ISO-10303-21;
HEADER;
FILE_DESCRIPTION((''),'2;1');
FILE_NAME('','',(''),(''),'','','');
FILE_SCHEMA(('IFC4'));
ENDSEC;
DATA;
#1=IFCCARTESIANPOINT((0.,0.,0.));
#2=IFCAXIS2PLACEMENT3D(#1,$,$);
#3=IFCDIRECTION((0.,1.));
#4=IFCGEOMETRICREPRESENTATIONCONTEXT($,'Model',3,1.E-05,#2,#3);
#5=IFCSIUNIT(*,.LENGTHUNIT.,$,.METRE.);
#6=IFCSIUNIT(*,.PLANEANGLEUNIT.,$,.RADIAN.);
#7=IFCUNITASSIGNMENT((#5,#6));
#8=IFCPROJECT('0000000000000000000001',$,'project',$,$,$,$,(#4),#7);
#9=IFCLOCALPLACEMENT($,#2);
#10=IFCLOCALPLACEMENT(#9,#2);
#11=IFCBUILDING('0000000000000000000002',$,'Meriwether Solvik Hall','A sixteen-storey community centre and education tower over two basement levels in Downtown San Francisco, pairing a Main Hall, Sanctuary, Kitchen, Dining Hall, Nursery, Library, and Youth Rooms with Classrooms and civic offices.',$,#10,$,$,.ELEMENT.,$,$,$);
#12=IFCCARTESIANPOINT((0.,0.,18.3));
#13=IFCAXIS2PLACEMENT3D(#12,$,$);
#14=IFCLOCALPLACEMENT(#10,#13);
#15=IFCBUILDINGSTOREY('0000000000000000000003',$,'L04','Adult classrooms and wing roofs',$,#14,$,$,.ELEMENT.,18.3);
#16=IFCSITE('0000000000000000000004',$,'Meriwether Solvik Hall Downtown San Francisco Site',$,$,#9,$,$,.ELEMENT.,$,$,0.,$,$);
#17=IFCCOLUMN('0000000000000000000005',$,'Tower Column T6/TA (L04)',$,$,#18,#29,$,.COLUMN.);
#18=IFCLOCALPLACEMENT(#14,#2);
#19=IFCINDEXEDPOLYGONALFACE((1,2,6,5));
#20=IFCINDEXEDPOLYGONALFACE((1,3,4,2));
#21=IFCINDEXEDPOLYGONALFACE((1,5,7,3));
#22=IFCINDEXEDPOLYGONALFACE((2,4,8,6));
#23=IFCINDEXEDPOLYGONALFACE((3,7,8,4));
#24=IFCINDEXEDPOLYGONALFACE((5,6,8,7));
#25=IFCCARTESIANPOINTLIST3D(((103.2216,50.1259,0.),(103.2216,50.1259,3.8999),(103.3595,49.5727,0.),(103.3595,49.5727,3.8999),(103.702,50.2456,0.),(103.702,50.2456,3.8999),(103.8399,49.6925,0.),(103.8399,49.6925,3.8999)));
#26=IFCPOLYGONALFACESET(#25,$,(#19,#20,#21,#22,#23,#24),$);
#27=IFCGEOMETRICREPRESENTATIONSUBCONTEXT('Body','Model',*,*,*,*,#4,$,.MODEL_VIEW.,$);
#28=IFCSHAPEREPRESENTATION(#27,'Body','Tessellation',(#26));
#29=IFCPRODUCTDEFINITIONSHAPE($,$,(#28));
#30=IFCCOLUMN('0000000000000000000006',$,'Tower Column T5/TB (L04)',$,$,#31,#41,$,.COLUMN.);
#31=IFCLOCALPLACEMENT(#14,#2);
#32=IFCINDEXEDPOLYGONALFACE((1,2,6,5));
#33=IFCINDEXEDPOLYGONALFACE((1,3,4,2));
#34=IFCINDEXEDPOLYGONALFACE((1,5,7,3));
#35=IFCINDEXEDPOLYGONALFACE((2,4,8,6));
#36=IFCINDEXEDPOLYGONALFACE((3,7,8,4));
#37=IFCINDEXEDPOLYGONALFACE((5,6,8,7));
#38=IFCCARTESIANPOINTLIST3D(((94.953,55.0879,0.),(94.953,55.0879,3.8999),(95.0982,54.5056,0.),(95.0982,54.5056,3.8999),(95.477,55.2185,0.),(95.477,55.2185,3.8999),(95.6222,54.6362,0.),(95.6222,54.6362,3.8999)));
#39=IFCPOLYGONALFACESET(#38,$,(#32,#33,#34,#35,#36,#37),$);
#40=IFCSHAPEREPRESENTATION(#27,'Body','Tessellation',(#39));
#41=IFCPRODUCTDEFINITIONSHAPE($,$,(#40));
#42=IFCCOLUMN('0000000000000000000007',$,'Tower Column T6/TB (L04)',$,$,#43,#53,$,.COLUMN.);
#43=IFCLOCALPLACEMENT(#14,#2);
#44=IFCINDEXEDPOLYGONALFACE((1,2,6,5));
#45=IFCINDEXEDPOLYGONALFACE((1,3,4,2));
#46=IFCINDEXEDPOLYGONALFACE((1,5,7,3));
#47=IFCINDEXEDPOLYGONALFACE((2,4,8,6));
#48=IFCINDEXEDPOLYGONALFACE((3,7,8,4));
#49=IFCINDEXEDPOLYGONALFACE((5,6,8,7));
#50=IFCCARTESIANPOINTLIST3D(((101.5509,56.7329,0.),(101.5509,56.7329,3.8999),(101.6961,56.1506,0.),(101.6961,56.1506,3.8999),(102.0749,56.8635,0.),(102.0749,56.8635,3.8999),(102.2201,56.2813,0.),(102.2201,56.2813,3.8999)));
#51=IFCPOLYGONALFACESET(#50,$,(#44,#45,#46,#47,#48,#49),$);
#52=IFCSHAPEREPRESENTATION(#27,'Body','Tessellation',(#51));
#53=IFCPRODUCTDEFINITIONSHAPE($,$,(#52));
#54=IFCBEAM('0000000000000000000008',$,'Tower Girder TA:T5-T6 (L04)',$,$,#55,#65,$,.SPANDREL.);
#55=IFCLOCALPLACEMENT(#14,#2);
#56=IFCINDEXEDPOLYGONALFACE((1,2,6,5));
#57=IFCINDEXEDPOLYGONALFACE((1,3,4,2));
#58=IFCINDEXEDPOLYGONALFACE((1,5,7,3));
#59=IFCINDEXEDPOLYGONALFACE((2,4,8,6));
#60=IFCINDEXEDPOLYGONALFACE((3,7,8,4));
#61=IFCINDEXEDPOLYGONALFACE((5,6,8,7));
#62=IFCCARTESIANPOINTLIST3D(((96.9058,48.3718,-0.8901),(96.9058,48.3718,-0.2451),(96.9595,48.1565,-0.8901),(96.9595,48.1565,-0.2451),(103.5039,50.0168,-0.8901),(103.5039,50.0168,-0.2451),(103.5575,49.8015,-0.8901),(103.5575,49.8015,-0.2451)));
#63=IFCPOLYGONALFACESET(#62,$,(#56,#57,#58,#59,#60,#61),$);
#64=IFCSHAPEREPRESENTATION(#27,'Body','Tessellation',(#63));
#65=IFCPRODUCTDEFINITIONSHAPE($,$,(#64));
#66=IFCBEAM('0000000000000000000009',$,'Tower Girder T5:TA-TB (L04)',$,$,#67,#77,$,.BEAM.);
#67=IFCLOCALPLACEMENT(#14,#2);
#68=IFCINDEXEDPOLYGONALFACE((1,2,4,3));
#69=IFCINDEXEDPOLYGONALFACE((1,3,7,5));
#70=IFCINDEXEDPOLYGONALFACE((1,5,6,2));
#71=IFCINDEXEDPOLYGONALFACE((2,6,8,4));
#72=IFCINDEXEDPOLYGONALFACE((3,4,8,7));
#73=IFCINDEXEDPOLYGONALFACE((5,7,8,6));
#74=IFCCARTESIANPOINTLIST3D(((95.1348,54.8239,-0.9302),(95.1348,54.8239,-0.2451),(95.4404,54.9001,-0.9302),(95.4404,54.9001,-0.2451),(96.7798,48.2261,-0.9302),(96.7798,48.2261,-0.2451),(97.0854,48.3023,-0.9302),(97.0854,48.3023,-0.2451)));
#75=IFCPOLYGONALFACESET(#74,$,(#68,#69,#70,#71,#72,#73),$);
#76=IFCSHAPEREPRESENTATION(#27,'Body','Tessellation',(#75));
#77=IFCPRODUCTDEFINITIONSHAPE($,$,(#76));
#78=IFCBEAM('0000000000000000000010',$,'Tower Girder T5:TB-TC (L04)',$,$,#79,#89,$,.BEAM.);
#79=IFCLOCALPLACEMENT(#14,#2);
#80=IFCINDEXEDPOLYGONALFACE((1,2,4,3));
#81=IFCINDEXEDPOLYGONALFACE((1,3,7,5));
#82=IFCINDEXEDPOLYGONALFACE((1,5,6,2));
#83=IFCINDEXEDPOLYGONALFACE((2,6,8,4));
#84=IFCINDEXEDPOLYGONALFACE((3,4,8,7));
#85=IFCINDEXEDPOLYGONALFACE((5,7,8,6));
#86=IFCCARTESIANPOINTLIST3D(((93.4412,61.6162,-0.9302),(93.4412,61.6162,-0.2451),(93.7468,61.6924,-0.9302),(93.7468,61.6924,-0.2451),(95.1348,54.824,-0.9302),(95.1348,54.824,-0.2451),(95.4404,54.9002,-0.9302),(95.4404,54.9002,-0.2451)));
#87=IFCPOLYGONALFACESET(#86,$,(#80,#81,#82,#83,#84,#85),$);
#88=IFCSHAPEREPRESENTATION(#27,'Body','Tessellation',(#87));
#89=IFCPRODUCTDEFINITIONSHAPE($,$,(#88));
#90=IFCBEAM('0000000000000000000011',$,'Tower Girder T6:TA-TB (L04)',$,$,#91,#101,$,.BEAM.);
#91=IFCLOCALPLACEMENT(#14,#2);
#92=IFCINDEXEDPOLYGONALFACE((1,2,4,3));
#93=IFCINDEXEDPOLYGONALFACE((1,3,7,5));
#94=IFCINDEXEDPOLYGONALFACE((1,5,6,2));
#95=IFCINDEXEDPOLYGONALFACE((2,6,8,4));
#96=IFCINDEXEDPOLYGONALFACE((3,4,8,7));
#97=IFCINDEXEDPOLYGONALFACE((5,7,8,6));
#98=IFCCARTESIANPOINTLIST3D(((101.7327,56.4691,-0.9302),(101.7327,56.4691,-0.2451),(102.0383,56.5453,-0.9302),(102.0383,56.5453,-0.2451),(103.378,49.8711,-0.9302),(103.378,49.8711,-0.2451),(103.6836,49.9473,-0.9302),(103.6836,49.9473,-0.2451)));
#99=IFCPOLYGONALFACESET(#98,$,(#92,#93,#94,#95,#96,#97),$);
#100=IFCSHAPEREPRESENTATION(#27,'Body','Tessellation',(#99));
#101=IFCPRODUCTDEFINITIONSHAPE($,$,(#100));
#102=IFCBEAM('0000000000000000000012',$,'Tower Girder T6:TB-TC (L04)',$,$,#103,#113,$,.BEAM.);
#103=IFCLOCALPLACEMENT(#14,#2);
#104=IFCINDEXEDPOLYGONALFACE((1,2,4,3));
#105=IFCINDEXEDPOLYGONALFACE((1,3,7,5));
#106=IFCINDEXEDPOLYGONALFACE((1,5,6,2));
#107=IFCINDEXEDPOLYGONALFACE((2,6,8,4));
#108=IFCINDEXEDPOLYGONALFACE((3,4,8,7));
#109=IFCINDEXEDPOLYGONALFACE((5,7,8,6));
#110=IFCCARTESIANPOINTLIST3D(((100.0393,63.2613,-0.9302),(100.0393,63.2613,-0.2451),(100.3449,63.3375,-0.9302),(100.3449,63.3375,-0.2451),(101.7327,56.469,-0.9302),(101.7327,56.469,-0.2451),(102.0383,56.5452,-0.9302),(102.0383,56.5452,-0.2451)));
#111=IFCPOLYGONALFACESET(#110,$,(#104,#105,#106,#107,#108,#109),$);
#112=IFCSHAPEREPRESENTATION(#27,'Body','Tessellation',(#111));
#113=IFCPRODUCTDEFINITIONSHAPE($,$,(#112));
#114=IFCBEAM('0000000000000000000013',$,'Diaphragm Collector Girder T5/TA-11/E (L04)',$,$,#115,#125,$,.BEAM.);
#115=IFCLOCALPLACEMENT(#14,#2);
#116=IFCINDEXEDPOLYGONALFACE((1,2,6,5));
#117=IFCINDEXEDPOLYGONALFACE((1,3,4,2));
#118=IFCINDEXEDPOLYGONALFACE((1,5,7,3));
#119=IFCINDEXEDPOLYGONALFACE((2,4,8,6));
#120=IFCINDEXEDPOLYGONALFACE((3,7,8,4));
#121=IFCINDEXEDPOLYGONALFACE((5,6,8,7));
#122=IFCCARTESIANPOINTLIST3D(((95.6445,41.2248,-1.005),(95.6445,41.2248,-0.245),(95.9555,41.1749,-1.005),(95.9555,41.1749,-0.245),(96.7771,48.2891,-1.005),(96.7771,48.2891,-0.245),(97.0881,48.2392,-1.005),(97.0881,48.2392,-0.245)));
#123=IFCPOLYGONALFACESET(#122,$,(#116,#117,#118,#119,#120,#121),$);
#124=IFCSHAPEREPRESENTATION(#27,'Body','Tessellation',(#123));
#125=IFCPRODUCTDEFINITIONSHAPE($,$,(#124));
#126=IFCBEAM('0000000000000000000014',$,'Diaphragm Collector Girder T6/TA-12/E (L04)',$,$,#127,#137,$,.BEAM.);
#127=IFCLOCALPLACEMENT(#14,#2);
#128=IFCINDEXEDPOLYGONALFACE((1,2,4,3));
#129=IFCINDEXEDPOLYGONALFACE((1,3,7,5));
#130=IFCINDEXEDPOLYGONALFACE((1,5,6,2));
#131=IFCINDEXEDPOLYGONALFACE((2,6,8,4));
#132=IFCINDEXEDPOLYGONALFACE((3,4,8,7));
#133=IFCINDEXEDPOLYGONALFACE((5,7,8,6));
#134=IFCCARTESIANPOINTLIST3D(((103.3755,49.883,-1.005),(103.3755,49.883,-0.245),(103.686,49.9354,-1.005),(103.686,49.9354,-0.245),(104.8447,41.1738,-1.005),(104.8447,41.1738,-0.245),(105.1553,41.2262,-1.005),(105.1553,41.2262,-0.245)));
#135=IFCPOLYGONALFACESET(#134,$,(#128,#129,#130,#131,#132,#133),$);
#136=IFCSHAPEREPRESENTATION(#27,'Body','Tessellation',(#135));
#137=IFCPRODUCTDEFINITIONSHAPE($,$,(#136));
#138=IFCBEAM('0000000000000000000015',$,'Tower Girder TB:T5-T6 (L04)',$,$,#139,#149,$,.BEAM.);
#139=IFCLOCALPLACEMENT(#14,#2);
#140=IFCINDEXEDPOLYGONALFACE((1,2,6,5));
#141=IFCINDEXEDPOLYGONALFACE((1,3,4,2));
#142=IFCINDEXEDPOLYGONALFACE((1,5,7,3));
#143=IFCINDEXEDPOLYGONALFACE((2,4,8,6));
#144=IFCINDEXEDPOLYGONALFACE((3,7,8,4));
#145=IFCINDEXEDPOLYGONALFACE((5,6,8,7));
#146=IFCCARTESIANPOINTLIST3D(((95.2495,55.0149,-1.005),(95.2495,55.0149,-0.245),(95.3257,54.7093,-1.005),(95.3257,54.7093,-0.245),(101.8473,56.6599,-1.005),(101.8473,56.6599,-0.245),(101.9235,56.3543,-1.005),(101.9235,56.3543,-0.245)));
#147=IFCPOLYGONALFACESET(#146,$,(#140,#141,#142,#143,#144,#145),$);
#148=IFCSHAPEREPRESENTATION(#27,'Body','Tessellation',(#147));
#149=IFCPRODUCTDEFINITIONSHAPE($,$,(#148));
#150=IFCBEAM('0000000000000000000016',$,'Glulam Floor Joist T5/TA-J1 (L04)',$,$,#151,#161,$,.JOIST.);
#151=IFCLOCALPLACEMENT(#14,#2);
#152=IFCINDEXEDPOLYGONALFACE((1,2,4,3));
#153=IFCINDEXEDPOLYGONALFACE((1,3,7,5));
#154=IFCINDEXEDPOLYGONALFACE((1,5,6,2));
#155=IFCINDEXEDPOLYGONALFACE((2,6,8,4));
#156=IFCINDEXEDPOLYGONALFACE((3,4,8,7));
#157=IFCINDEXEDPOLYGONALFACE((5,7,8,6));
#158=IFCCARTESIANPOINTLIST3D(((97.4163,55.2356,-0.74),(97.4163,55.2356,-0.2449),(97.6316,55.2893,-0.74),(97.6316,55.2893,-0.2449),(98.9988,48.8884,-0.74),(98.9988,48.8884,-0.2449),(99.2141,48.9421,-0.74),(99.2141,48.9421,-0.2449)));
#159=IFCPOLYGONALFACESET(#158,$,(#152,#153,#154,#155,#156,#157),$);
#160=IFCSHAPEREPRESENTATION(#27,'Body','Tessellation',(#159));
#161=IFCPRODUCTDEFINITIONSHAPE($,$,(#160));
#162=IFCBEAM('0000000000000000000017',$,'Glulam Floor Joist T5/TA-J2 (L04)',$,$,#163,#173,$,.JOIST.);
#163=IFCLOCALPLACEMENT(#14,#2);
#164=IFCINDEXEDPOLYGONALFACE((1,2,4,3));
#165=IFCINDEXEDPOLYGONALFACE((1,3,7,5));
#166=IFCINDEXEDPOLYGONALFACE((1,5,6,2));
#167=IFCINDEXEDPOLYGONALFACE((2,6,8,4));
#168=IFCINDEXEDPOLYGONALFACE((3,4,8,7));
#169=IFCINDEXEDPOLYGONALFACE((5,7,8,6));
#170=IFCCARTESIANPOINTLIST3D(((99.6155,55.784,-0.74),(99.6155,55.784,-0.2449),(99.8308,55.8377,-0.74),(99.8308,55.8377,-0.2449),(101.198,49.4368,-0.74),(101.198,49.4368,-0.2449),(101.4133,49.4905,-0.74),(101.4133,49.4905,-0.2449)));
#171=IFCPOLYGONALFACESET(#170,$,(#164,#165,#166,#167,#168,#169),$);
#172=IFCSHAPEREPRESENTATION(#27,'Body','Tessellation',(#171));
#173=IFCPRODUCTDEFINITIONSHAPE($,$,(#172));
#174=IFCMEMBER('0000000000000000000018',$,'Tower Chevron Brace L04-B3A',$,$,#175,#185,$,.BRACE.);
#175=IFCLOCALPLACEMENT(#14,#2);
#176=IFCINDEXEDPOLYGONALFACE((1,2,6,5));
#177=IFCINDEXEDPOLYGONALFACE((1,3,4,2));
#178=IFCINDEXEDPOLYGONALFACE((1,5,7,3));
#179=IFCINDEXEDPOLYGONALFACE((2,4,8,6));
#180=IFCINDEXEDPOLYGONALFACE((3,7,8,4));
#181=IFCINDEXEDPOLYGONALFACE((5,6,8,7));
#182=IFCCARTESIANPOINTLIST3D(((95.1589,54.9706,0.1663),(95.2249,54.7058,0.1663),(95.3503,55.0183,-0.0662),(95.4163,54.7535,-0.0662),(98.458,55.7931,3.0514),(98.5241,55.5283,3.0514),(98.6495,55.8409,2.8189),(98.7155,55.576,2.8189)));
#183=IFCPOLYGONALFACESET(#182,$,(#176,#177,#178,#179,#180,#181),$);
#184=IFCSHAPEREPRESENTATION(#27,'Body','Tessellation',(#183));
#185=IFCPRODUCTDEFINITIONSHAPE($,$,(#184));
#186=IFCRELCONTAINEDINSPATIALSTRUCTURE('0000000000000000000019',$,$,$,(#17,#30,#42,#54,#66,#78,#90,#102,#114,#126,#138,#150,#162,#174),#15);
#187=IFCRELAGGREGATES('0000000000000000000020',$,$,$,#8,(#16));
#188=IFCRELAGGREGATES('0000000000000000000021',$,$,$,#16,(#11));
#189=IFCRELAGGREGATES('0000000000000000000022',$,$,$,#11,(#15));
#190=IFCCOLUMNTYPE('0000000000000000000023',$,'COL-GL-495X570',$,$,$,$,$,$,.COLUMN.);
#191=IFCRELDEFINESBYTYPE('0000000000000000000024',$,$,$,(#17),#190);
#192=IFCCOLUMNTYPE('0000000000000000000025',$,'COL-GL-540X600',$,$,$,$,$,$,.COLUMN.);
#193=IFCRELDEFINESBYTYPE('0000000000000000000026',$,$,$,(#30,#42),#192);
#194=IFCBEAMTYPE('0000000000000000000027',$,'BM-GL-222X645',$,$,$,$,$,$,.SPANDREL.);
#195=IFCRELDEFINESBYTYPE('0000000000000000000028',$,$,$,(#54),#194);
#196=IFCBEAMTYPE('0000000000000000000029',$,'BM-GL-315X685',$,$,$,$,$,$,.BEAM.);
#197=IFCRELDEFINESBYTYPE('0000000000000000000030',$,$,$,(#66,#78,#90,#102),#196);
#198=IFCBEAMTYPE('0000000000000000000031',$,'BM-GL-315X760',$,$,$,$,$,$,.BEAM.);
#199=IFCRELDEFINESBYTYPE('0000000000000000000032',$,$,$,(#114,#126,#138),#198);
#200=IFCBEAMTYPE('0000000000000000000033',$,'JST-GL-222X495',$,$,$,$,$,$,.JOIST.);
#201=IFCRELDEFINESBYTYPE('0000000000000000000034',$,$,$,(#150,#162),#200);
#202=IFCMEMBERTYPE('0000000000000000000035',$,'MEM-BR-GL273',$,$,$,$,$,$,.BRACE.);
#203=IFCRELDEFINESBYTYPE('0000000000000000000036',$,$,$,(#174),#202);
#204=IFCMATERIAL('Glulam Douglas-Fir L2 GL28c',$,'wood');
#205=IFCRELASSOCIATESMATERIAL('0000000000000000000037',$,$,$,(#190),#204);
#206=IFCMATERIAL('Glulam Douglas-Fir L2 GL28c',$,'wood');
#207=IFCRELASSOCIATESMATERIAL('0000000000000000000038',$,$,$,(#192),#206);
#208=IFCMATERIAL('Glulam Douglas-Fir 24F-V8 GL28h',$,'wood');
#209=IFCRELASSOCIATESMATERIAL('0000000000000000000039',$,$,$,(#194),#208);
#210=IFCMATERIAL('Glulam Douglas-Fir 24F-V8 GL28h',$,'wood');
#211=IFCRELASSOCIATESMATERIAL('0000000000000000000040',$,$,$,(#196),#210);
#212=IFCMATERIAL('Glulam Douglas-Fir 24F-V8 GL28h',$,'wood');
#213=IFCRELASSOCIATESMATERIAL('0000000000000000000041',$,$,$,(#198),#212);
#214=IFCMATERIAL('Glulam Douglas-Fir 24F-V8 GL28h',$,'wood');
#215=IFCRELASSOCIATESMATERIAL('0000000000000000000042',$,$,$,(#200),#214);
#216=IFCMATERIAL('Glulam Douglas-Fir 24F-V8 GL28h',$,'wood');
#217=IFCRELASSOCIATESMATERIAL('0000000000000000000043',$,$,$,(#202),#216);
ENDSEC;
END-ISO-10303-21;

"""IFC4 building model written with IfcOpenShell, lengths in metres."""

from ifc_helpers import new_model, si_unit, direction, frame, origin, origin_2d, place, context, subcontext, project, spatial, rectangle, extrude, material, material_profile, profile_set, type_object, element, save


model = new_model("IFC4")

# Units and contexts
model_context = context("Model", 3, precision=1e-05, world=origin(), true_north=direction((0.0, 1.0)))
body_context = subcontext(model_context, "Body", "Model", "MODEL_VIEW")
ifc_project = project(units=[si_unit("LENGTHUNIT", "METRE"), si_unit("PLANEANGLEUNIT", "RADIAN")], contexts=[model_context])

# Site, building, storey
site_placement = place(None, origin())
site = spatial("IfcSite", under=ifc_project, at=site_placement, Name="Meriwether Solvik Hall Downtown San Francisco Site", CompositionType="ELEMENT", RefElevation=0.0)
building_placement = place(site_placement, origin())
building = spatial("IfcBuilding", under=site, at=building_placement, Name="Meriwether Solvik Hall", Description="A sixteen-storey community centre and education tower over two basement levels in Downtown San Francisco, pairing a Main Hall, Sanctuary, Kitchen, Dining Hall, Nursery, Library, and Youth Rooms with Classrooms and civic offices.", CompositionType="ELEMENT")
storey_placement = place(building_placement, frame((0.0, 0.0, 18.3)))
storey = spatial("IfcBuildingStorey", under=building, at=storey_placement, Name="L04", Description="Adult classrooms and wing roofs", CompositionType="ELEMENT", Elevation=18.3)

# Columns
ifc_material_1 = material(Name="Glulam Douglas-Fir L2 GL28c", Category="wood")
ifc_material_profile_1 = material_profile(ifc_material_1, rectangle(XDim=0.4951, YDim=0.5701, at=origin_2d()), Name="GLC-495X570")
ifc_profile_set_1 = profile_set([ifc_material_profile_1], Name="Glulam Douglas-Fir L2 GL28c")
column_type_1 = type_object("IfcColumnType", Name="COL-GL-495X570", PredefinedType="COLUMN", material=ifc_profile_set_1)
column_placement = place(storey_placement, frame((103.5308, 49.9092, 0.0), z_axis=(0.0, 0.0, 1.0), x_axis=(0.970296, 0.241922, 0.0)))
element("IfcColumn", 1, at=column_placement, inside=storey, type_object=column_type_1, Name="Tower Column T6/TA (L04)", PredefinedType="COLUMN", context=body_context, shape_type="SweptSolid", body=[
    extrude(rectangle(XDim=0.4951, YDim=0.5701, at=origin_2d()), origin(), (0.0, 0.0, 1.0), 3.8999),
])
ifc_material_2 = material(Name="Glulam Douglas-Fir L2 GL28c", Category="wood")
ifc_material_profile_2 = material_profile(ifc_material_2, rectangle(XDim=0.54, YDim=0.6001, at=origin_2d()), Name="GLC-540X600")
ifc_profile_set_2 = profile_set([ifc_material_profile_2], Name="Glulam Douglas-Fir L2 GL28c")
column_type_2 = type_object("IfcColumnType", Name="COL-GL-540X600", PredefinedType="COLUMN", material=ifc_profile_set_2)
for number, where, z_axis, x_axis, name in (
    (2, (95.2876, 54.8621, 0.0), (0.0, 0.0, 1.0), (0.970296, 0.241922, 0.0), "Tower Column T5/TB (L04)"),
    (3, (101.8855, 56.5071, 0.0), (0.0, 0.0, 1.0), (0.970296, 0.241922, 0.0), "Tower Column T6/TB (L04)"),
):
    element("IfcColumn", number, at=place(storey_placement, frame(where, z_axis=z_axis, x_axis=x_axis)), inside=storey, type_object=column_type_2, Name=name, PredefinedType="COLUMN", context=body_context, shape_type="SweptSolid", body=[
        extrude(rectangle(XDim=0.54, YDim=0.6001, at=origin_2d()), origin(), (0.0, 0.0, 1.0), 3.8999),
    ])

# Beams
ifc_material_3 = material(Name="Glulam Douglas-Fir 24F-V8 GL28h", Category="wood")
ifc_material_profile_3 = material_profile(ifc_material_3, rectangle(XDim=0.2219, YDim=0.645, at=origin_2d()), Name="GLB-222X645")
ifc_profile_set_3 = profile_set([ifc_material_profile_3], Name="Glulam Douglas-Fir 24F-V8 GL28h")
beam_type_1 = type_object("IfcBeamType", Name="BM-GL-222X645", PredefinedType="SPANDREL", material=ifc_profile_set_3)
beam_1_placement = place(storey_placement, frame((96.9326, 48.2642, -0.5676), z_axis=(0.970299, 0.24191, 0.0), x_axis=(-0.24191, 0.970299, 0.0)))
element("IfcBeam", 4, at=beam_1_placement, inside=storey, type_object=beam_type_1, Name="Tower Girder TA:T5-T6 (L04)", PredefinedType="SPANDREL", context=body_context, shape_type="SweptSolid", body=[
    extrude(rectangle(XDim=0.2219, YDim=0.645, at=origin_2d()), origin(), (0.0, 0.0, 1.0), 6.8),
])
ifc_material_4 = material(Name="Glulam Douglas-Fir 24F-V8 GL28h", Category="wood")
ifc_material_profile_4 = material_profile(ifc_material_4, rectangle(XDim=0.3149, YDim=0.6851, at=origin_2d()), Name="GLB-315X685")
ifc_profile_set_4 = profile_set([ifc_material_profile_4], Name="Glulam Douglas-Fir 24F-V8 GL28h")
beam_type_2 = type_object("IfcBeamType", Name="BM-GL-315X685", PredefinedType="BEAM", material=ifc_profile_set_4)
beam_2_placement = place(storey_placement, frame((96.9326, 48.2642, -0.5876), z_axis=(-0.241919, 0.970296, 0.0), x_axis=(-0.970296, -0.241919, 0.0)))
element("IfcBeam", 5, at=beam_2_placement, inside=storey, type_object=beam_type_2, Name="Tower Girder T5:TA-TB (L04)", PredefinedType="BEAM", context=body_context, shape_type="SweptSolid", body=[
    extrude(rectangle(XDim=0.3149, YDim=0.6851, at=origin_2d()), origin(), (0.0, 0.0, 1.0), 6.7998),
])
beam_3_placement = place(storey_placement, frame((95.2876, 54.8621, -0.5876), z_axis=(-0.241937, 0.970292, 0.0), x_axis=(-0.970292, -0.241937, 0.0)))
element("IfcBeam", 6, at=beam_3_placement, inside=storey, type_object=beam_type_2, Name="Tower Girder T5:TB-TC (L04)", PredefinedType="BEAM", context=body_context, shape_type="SweptSolid", body=[
    extrude(rectangle(XDim=0.3149, YDim=0.6851, at=origin_2d()), origin(), (0.0, 0.0, 1.0), 7.0002),
])
beam_4_placement = place(storey_placement, frame((103.5308, 49.9092, -0.5876), z_axis=(-0.241953, 0.970288, 0.0), x_axis=(-0.970288, -0.241953, 0.0)))
element("IfcBeam", 7, at=beam_4_placement, inside=storey, type_object=beam_type_2, Name="Tower Girder T6:TA-TB (L04)", PredefinedType="BEAM", context=body_context, shape_type="SweptSolid", body=[
    extrude(rectangle(XDim=0.3149, YDim=0.6851, at=origin_2d()), origin(), (0.0, 0.0, 1.0), 6.8),
])
beam_5_placement = place(storey_placement, frame((101.8855, 56.5071, -0.5876), z_axis=(-0.241904, 0.9703, 0.0), x_axis=(-0.9703, -0.241904, 0.0)))
element("IfcBeam", 8, at=beam_5_placement, inside=storey, type_object=beam_type_2, Name="Tower Girder T6:TB-TC (L04)", PredefinedType="BEAM", context=body_context, shape_type="SweptSolid", body=[
    extrude(rectangle(XDim=0.3149, YDim=0.6851, at=origin_2d()), origin(), (0.0, 0.0, 1.0), 7.0002),
])
ifc_material_5 = material(Name="Glulam Douglas-Fir 24F-V8 GL28h", Category="wood")
ifc_material_profile_5 = material_profile(ifc_material_5, rectangle(XDim=0.3149, YDim=0.76, at=origin_2d()), Name="GLB-315X760")
ifc_profile_set_5 = profile_set([ifc_material_profile_5], Name="Glulam Douglas-Fir 24F-V8 GL28h")
beam_type_3 = type_object("IfcBeamType", Name="BM-GL-315X760", PredefinedType="BEAM", material=ifc_profile_set_5)
beam_6_placement = place(storey_placement, frame((96.9326, 48.2642, -0.625), z_axis=(-0.158303, -0.987391, 0.0), x_axis=(0.987391, -0.158303, 0.0)))
element("IfcBeam", 9, at=beam_6_placement, inside=storey, type_object=beam_type_3, Name="Diaphragm Collector Girder T5/TA-11/E (L04)", PredefinedType="BEAM", context=body_context, shape_type="SweptSolid", body=[
    extrude(rectangle(XDim=0.3149, YDim=0.76, at=origin_2d()), origin(), (0.0, 0.0, 1.0), 7.1545),
])
beam_7_placement = place(storey_placement, frame((103.5308, 49.9092, -0.625), z_axis=(0.166349, -0.986067, 0.0), x_axis=(0.986067, 0.166349, 0.0)))
element("IfcBeam", 10, at=beam_7_placement, inside=storey, type_object=beam_type_3, Name="Diaphragm Collector Girder T6/TA-12/E (L04)", PredefinedType="BEAM", context=body_context, shape_type="SweptSolid", body=[
    extrude(rectangle(XDim=0.3149, YDim=0.76, at=origin_2d()), origin(), (0.0, 0.0, 1.0), 8.8323),
])
beam_8_placement = place(storey_placement, frame((95.2876, 54.8621, -0.625), z_axis=(0.970296, 0.241919, 0.0), x_axis=(-0.241919, 0.970296, 0.0)))
element("IfcBeam", 11, at=beam_8_placement, inside=storey, type_object=beam_type_3, Name="Tower Girder TB:T5-T6 (L04)", PredefinedType="BEAM", context=body_context, shape_type="SweptSolid", body=[
    extrude(rectangle(XDim=0.3149, YDim=0.76, at=origin_2d()), origin(), (0.0, 0.0, 1.0), 6.7998),
])
ifc_material_6 = material(Name="Glulam Douglas-Fir 24F-V8 GL28h", Category="wood")
ifc_material_profile_6 = material_profile(ifc_material_6, rectangle(XDim=0.2219, YDim=0.4951, at=origin_2d()), Name="GLJ-222X495")
ifc_profile_set_6 = profile_set([ifc_material_profile_6], Name="Glulam Douglas-Fir 24F-V8 GL28h")
beam_type_4 = type_object("IfcBeamType", Name="JST-GL-222X495", PredefinedType="JOIST", material=ifc_profile_set_6)
for number, where, z_axis, x_axis, name in (
    (12, (99.1064, 48.9153, -0.4924), (-0.241921, 0.970296, 0.0), (-0.970296, -0.241921, 0.0), "Glulam Floor Joist T5/TA-J1 (L04)"),
    (13, (101.3057, 49.4636, -0.4924), (-0.241921, 0.970296, 0.0), (-0.970296, -0.241921, 0.0), "Glulam Floor Joist T5/TA-J2 (L04)"),
):
    element("IfcBeam", number, at=place(storey_placement, frame(where, z_axis=z_axis, x_axis=x_axis)), inside=storey, type_object=beam_type_4, Name=name, PredefinedType="JOIST", context=body_context, shape_type="SweptSolid", body=[
        extrude(rectangle(XDim=0.2219, YDim=0.4951, at=origin_2d()), origin(), (0.0, 0.0, 1.0), 6.5415),
    ])

# Member
ifc_material_7 = material(Name="Glulam Douglas-Fir 24F-V8 GL28h", Category="wood")
ifc_material_profile_7 = material_profile(ifc_material_7, rectangle(XDim=0.2729, YDim=0.3049, at=origin_2d()), Name="GLM-273X305")
ifc_profile_set_7 = profile_set([ifc_material_profile_7], Name="Glulam Douglas-Fir 24F-V8 GL28h")
member_type = type_object("IfcMemberType", Name="MEM-BR-GL273", PredefinedType="BRACE", material=ifc_profile_set_7)
member_1_placement = place(storey_placement, frame((95.2876, 54.8621, 0.05), z_axis=(0.73985, 0.184456, 0.646992), x_axis=(-0.24191, 0.970299, 0.0)))
element("IfcMember", 14, at=member_1_placement, inside=storey, type_object=member_type, Name="Tower Chevron Brace L04-B3A", PredefinedType="BRACE", context=body_context, shape_type="SweptSolid", body=[
    extrude(rectangle(XDim=0.2729, YDim=0.3049, at=origin_2d()), origin(), (0.0, 0.0, 1.0), 4.4592),
])

save(model, "model.ifc")
